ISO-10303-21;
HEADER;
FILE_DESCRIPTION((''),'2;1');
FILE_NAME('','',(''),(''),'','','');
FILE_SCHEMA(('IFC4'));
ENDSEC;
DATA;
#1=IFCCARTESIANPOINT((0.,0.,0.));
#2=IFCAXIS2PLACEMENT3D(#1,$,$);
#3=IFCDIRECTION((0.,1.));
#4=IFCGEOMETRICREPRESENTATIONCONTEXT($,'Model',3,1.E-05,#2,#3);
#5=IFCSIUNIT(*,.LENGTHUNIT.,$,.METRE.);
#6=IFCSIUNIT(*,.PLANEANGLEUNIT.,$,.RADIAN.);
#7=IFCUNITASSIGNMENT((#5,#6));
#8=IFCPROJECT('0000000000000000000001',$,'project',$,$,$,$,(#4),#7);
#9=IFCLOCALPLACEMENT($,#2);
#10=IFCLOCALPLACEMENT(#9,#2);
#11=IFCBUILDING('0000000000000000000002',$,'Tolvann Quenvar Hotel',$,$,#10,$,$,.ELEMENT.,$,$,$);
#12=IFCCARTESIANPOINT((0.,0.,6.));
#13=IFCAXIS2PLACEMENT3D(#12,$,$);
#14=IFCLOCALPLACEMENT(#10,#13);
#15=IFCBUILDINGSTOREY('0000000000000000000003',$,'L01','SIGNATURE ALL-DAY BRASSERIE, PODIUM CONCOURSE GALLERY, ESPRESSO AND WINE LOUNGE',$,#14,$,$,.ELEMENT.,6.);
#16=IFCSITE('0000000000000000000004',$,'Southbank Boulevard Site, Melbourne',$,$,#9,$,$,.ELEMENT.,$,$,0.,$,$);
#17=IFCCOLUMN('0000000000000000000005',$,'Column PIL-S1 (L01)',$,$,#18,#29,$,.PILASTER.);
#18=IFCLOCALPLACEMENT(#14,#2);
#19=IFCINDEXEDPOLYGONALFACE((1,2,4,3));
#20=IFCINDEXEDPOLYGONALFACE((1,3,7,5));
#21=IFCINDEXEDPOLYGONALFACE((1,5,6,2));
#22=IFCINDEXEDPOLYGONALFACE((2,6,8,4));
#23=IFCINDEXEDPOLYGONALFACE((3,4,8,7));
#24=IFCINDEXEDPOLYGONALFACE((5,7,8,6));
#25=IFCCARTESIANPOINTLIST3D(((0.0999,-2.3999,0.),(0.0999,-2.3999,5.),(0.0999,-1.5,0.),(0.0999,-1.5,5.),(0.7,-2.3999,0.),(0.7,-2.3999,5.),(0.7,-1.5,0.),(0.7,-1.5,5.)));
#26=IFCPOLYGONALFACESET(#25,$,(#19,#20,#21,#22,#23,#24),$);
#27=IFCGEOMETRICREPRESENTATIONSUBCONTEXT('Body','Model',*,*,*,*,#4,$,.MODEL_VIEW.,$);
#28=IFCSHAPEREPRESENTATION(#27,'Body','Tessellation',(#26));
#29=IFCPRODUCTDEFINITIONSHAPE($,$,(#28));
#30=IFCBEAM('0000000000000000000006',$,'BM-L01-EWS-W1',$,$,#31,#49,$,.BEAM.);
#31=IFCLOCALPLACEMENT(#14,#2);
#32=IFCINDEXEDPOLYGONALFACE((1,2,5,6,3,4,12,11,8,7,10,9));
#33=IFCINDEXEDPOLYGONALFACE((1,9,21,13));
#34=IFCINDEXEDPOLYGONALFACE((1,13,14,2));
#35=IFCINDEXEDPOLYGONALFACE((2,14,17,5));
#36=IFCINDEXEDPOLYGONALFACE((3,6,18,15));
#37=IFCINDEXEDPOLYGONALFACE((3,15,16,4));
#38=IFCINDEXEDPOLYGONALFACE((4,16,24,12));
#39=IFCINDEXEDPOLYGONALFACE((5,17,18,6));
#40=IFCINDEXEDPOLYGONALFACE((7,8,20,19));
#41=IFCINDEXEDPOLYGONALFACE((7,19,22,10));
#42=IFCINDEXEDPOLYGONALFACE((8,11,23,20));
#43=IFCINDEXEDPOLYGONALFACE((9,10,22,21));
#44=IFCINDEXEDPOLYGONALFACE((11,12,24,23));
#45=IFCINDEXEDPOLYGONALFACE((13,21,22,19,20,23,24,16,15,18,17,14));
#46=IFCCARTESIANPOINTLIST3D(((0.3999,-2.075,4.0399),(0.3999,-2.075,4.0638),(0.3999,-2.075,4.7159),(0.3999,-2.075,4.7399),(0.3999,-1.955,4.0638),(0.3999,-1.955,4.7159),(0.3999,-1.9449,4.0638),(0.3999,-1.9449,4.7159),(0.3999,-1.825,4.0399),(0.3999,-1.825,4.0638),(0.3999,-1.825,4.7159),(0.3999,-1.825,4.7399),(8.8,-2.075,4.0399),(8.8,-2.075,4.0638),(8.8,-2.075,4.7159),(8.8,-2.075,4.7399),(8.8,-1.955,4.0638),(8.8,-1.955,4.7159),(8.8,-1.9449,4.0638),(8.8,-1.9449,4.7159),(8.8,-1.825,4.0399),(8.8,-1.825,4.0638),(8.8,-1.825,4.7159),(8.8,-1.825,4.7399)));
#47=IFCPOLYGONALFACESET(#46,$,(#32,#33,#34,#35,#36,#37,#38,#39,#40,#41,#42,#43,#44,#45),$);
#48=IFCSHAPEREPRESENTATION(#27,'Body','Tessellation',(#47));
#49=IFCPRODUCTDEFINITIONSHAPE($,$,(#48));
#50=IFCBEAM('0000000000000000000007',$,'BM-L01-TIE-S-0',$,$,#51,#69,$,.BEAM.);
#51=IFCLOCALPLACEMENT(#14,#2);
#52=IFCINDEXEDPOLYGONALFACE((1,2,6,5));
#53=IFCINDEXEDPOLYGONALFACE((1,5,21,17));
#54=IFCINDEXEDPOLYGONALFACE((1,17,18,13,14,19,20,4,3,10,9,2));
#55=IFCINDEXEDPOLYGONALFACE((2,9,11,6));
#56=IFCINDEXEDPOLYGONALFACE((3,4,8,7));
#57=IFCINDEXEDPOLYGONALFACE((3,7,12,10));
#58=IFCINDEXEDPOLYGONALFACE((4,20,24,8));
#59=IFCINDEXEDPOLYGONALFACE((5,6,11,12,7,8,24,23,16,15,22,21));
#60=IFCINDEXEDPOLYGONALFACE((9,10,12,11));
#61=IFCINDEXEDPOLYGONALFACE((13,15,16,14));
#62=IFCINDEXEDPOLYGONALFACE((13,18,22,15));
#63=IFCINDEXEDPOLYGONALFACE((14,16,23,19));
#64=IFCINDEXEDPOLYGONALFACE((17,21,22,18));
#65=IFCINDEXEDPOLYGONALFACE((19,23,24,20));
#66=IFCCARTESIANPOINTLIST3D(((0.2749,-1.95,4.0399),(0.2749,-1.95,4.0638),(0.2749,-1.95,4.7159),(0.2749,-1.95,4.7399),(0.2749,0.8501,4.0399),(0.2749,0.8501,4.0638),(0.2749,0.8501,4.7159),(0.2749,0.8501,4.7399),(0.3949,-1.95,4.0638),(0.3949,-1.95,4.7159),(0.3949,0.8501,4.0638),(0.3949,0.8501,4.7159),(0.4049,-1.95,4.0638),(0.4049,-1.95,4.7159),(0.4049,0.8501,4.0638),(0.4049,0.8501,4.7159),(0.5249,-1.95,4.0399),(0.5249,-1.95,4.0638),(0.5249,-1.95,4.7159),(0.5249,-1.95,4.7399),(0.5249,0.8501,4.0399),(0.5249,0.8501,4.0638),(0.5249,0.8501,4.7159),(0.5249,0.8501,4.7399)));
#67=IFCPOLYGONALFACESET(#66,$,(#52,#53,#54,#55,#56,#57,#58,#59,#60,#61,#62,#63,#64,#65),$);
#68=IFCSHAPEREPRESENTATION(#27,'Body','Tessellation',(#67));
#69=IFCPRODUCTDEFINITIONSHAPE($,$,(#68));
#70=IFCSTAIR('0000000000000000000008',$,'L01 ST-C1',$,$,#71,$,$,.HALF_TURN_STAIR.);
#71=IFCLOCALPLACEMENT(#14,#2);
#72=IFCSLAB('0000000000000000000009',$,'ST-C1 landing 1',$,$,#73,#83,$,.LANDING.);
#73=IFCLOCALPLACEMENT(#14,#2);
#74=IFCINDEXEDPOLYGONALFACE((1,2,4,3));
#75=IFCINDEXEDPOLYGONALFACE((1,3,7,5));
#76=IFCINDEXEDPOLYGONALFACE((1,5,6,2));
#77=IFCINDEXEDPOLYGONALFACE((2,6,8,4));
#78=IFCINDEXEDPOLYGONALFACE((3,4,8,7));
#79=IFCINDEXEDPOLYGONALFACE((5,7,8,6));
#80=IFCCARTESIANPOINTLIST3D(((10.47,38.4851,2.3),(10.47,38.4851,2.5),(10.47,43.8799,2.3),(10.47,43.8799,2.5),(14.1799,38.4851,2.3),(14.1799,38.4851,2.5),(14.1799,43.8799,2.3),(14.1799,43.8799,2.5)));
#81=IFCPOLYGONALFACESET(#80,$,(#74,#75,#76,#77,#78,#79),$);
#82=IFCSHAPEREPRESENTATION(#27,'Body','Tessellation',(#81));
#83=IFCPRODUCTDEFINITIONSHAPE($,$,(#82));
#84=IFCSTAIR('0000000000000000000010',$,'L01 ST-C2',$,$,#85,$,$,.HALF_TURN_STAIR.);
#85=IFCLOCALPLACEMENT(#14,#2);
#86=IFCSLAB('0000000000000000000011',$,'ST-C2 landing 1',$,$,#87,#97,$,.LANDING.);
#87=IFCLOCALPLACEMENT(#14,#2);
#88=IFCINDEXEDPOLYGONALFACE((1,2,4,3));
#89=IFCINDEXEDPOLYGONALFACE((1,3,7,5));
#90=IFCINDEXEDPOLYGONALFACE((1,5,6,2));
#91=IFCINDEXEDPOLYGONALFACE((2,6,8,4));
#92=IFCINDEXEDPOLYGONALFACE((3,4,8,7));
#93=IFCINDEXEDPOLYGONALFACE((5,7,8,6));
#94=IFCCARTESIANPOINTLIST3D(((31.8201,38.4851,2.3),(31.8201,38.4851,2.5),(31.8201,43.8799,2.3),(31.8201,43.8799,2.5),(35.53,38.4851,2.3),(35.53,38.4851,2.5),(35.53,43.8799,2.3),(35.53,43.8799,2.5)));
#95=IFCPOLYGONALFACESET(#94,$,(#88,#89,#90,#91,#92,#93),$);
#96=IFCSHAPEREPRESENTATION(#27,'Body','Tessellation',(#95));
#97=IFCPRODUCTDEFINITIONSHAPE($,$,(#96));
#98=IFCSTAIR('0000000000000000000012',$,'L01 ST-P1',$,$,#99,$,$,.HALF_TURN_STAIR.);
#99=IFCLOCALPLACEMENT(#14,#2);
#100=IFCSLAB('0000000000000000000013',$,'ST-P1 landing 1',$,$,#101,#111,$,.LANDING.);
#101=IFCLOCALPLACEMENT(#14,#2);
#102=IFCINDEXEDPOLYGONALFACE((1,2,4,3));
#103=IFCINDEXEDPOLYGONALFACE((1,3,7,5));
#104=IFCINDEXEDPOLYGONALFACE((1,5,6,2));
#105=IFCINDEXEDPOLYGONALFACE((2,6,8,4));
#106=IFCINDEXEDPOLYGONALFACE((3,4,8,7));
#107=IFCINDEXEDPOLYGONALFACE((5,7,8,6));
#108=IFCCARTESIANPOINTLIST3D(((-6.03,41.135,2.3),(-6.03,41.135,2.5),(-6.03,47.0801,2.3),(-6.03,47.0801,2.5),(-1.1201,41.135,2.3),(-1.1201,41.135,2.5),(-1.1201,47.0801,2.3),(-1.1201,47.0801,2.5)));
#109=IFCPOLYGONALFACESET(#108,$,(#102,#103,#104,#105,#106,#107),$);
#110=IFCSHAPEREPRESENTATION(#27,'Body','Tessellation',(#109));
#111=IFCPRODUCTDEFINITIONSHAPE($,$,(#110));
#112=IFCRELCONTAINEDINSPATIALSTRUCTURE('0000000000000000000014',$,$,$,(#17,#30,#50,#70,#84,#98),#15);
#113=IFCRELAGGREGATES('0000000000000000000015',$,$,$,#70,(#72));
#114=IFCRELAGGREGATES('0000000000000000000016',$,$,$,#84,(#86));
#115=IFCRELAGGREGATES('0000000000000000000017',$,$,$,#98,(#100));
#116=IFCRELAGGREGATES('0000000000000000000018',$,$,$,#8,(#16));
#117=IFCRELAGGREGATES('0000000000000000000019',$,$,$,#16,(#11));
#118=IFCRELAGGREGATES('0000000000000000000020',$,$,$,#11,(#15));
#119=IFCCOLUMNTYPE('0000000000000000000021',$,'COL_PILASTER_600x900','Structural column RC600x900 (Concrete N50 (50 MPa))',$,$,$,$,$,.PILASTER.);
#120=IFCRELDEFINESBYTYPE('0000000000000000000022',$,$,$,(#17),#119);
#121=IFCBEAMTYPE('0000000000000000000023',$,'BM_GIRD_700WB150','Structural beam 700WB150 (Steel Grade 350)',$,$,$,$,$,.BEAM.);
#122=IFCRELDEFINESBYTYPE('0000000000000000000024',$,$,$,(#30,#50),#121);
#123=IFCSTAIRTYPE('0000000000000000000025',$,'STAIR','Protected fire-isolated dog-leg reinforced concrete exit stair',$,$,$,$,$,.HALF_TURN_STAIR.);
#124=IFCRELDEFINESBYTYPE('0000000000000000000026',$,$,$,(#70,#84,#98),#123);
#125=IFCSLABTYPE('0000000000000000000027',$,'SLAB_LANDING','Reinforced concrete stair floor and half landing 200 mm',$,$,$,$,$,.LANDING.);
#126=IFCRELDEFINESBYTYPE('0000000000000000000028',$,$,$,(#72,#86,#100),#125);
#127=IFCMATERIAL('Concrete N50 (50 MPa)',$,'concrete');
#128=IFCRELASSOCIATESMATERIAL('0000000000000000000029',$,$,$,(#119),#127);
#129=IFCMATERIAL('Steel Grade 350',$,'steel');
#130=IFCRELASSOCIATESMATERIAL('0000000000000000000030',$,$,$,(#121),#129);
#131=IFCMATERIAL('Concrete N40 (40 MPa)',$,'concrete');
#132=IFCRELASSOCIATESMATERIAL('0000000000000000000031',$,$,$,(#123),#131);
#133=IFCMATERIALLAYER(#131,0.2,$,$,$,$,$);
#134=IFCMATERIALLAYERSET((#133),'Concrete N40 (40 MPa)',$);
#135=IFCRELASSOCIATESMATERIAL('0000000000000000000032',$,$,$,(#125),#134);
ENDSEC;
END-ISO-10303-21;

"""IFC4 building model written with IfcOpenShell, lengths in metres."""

from ifc_helpers import new_model, si_unit, direction, frame, origin, origin_2d, place, context, subcontext, project, spatial, polyline, rectangle, i_section, outline, extrude, source, transform, mapped, material, layer, layer_set, material_profile, profile_set, type_object, type_shapes, element, aggregate, save


model = new_model("IFC4")

# Units and contexts
model_context = context("Model", 3, precision=1e-05, world=origin(), true_north=direction((0.0, 1.0)))
body_context = subcontext(model_context, "Body", "Model", "MODEL_VIEW")
ifc_project = project(units=[si_unit("LENGTHUNIT", "METRE"), si_unit("PLANEANGLEUNIT", "RADIAN")], contexts=[model_context])

# Site, building, storey
site_placement = place(None, origin())
site = spatial("IfcSite", under=ifc_project, at=site_placement, Name="Southbank Boulevard Site, Melbourne", CompositionType="ELEMENT", RefElevation=0.0)
building_placement = place(site_placement, origin())
building = spatial("IfcBuilding", under=site, at=building_placement, Name="Tolvann Quenvar Hotel", CompositionType="ELEMENT")
storey_placement = place(building_placement, frame((0.0, 0.0, 6.0)))
storey = spatial("IfcBuildingStorey", under=building, at=storey_placement, Name="L01", Description="SIGNATURE ALL-DAY BRASSERIE, PODIUM CONCOURSE GALLERY, ESPRESSO AND WINE LOUNGE", CompositionType="ELEMENT", Elevation=6.0)

# Column
ifc_material_1 = material(Name="Concrete N50 (50 MPa)", Category="concrete")
ifc_material_profile_1 = material_profile(ifc_material_1, rectangle(XDim=0.6001, YDim=0.8999, at=origin_2d()), Name="RC600x900")
ifc_profile_set_1 = profile_set([ifc_material_profile_1], Name="Concrete N50 (50 MPa)")
column_type = type_object("IfcColumnType", Name="COL_PILASTER_600x900", Description="Structural column RC600x900 (Concrete N50 (50 MPa))", PredefinedType="PILASTER", material=ifc_profile_set_1)
shared_shape_1 = source(origin(), body_context, "Body", "SweptSolid", [
    extrude(rectangle(XDim=0.6001, YDim=0.8999, at=origin_2d()), origin(), (0.0, 0.0, 1.0), 5.0),
])
type_shapes(column_type, [shared_shape_1])
column_placement = place(storey_placement, frame((0.3999, -1.95, 0.0), z_axis=(0.0, 0.0, 1.0), x_axis=(1.0, 0.0, 0.0)))
element("IfcColumn", 1, at=column_placement, inside=storey, type_object=column_type, Name="Column PIL-S1 (L01)", PredefinedType="PILASTER", context=body_context, shape_type="MappedRepresentation", body=[
    mapped(shared_shape_1, transform((0.0, 0.0, 0.0), x_axis=(1.0, 0.0, 0.0), y_axis=(0.0, 1.0, 0.0), z_axis=(0.0, 0.0, 1.0), scale=1.0)),
])

# Beams
ifc_material_2 = material(Name="Steel Grade 350", Category="steel")
ifc_material_profile_2 = material_profile(ifc_material_2, i_section(OverallWidth=0.25, OverallDepth=0.7, WebThickness=0.01, FlangeThickness=0.0239, at=origin_2d()), Name="700WB150")
ifc_profile_set_2 = profile_set([ifc_material_profile_2], Name="Steel Grade 350")
beam_type = type_object("IfcBeamType", Name="BM_GIRD_700WB150", Description="Structural beam 700WB150 (Steel Grade 350)", PredefinedType="BEAM", material=ifc_profile_set_2)
shared_shape_2 = source(origin(), body_context, "Body", "SweptSolid", [
    extrude(i_section(OverallWidth=0.25, OverallDepth=0.7, WebThickness=0.01, FlangeThickness=0.0239, at=origin_2d()), origin(), (0.0, 0.0, 1.0), 8.4001),
])
beam_1_placement = place(storey_placement, frame((0.3999, -1.95, 4.3899), z_axis=(1.0, 0.0, 0.0), x_axis=(0.0, 1.0, 0.0)))
element("IfcBeam", 2, at=beam_1_placement, inside=storey, type_object=beam_type, Name="BM-L01-EWS-W1", PredefinedType="BEAM", context=body_context, shape_type="MappedRepresentation", body=[
    mapped(shared_shape_2, transform((0.0, 0.0, 0.0), x_axis=(1.0, 0.0, 0.0), y_axis=(0.0, 1.0, 0.0), z_axis=(0.0, 0.0, 1.0), scale=1.0)),
])
shared_shape_3 = source(origin(), body_context, "Body", "SweptSolid", [
    extrude(i_section(OverallWidth=0.25, OverallDepth=0.7, WebThickness=0.01, FlangeThickness=0.0239, at=origin_2d()), origin(), (0.0, 0.0, 1.0), 2.8),
])
type_shapes(beam_type, [shared_shape_2, shared_shape_3])
beam_2_placement = place(storey_placement, frame((0.3999, -1.95, 4.3899), z_axis=(0.0, 1.0, 0.0), x_axis=(-1.0, 0.0, 0.0)))
element("IfcBeam", 3, at=beam_2_placement, inside=storey, type_object=beam_type, Name="BM-L01-TIE-S-0", PredefinedType="BEAM", context=body_context, shape_type="MappedRepresentation", body=[
    mapped(shared_shape_3, transform((0.0, 0.0, 0.0), x_axis=(1.0, 0.0, 0.0), y_axis=(0.0, 1.0, 0.0), z_axis=(0.0, 0.0, 1.0), scale=1.0)),
])

# Stairs, slabs
ifc_material_3 = material(Name="Concrete N40 (40 MPa)", Category="concrete")
stair_type = type_object("IfcStairType", Name="STAIR", Description="Protected fire-isolated dog-leg reinforced concrete exit stair", PredefinedType="HALF_TURN_STAIR", material=ifc_material_3)
stair_1_placement = place(storey_placement, origin())
stair_1 = element("IfcStair", 4, at=stair_1_placement, inside=storey, type_object=stair_type, Name="L01 ST-C1", PredefinedType="HALF_TURN_STAIR")
ifc_layer_1 = layer(ifc_material_3, 0.2)
ifc_layer_set_1 = layer_set([ifc_layer_1], Name="Concrete N40 (40 MPa)")
slab_type_1 = type_object("IfcSlabType", Name="SLAB_LANDING", Description="Reinforced concrete stair floor and half landing 200 mm", PredefinedType="LANDING", material=ifc_layer_set_1)
slab_1_placement = place(storey_placement, frame((0.0, 0.0, 2.3)))
slab_1 = element("IfcSlab", 5, at=slab_1_placement, type_object=slab_type_1, Name="ST-C1 landing 1", PredefinedType="LANDING", context=body_context, shape_type="SweptSolid", body=[
    extrude(outline(polyline([(14.1799, 38.4851), (14.1799, 43.8799), (10.47, 43.8799), (10.47, 38.4851), (14.1799, 38.4851)])), origin(), (0.0, 0.0, 1.0), 0.2),
])
aggregate(stair_1, [slab_1])
stair_2_placement = place(storey_placement, origin())
stair_2 = element("IfcStair", 6, at=stair_2_placement, inside=storey, type_object=stair_type, Name="L01 ST-C2", PredefinedType="HALF_TURN_STAIR")
slab_2_placement = place(storey_placement, frame((0.0, 0.0, 2.3)))
slab_2 = element("IfcSlab", 7, at=slab_2_placement, type_object=slab_type_1, Name="ST-C2 landing 1", PredefinedType="LANDING", context=body_context, shape_type="SweptSolid", body=[
    extrude(outline(polyline([(35.53, 38.4851), (35.53, 43.8799), (31.8201, 43.8799), (31.8201, 38.4851), (35.53, 38.4851)])), origin(), (0.0, 0.0, 1.0), 0.2),
])
aggregate(stair_2, [slab_2])
stair_3_placement = place(storey_placement, origin())
stair_3 = element("IfcStair", 8, at=stair_3_placement, inside=storey, type_object=stair_type, Name="L01 ST-P1", PredefinedType="HALF_TURN_STAIR")
slab_3_placement = place(storey_placement, frame((0.0, 0.0, 2.3)))
slab_3 = element("IfcSlab", 9, at=slab_3_placement, type_object=slab_type_1, Name="ST-P1 landing 1", PredefinedType="LANDING", context=body_context, shape_type="SweptSolid", body=[
    extrude(outline(polyline([(-1.1201, 41.135), (-1.1201, 47.0801), (-6.03, 47.0801), (-6.03, 41.135), (-1.1201, 41.135)])), origin(), (0.0, 0.0, 1.0), 0.2),
])
aggregate(stair_3, [slab_3])

save(model, "model.ifc")
